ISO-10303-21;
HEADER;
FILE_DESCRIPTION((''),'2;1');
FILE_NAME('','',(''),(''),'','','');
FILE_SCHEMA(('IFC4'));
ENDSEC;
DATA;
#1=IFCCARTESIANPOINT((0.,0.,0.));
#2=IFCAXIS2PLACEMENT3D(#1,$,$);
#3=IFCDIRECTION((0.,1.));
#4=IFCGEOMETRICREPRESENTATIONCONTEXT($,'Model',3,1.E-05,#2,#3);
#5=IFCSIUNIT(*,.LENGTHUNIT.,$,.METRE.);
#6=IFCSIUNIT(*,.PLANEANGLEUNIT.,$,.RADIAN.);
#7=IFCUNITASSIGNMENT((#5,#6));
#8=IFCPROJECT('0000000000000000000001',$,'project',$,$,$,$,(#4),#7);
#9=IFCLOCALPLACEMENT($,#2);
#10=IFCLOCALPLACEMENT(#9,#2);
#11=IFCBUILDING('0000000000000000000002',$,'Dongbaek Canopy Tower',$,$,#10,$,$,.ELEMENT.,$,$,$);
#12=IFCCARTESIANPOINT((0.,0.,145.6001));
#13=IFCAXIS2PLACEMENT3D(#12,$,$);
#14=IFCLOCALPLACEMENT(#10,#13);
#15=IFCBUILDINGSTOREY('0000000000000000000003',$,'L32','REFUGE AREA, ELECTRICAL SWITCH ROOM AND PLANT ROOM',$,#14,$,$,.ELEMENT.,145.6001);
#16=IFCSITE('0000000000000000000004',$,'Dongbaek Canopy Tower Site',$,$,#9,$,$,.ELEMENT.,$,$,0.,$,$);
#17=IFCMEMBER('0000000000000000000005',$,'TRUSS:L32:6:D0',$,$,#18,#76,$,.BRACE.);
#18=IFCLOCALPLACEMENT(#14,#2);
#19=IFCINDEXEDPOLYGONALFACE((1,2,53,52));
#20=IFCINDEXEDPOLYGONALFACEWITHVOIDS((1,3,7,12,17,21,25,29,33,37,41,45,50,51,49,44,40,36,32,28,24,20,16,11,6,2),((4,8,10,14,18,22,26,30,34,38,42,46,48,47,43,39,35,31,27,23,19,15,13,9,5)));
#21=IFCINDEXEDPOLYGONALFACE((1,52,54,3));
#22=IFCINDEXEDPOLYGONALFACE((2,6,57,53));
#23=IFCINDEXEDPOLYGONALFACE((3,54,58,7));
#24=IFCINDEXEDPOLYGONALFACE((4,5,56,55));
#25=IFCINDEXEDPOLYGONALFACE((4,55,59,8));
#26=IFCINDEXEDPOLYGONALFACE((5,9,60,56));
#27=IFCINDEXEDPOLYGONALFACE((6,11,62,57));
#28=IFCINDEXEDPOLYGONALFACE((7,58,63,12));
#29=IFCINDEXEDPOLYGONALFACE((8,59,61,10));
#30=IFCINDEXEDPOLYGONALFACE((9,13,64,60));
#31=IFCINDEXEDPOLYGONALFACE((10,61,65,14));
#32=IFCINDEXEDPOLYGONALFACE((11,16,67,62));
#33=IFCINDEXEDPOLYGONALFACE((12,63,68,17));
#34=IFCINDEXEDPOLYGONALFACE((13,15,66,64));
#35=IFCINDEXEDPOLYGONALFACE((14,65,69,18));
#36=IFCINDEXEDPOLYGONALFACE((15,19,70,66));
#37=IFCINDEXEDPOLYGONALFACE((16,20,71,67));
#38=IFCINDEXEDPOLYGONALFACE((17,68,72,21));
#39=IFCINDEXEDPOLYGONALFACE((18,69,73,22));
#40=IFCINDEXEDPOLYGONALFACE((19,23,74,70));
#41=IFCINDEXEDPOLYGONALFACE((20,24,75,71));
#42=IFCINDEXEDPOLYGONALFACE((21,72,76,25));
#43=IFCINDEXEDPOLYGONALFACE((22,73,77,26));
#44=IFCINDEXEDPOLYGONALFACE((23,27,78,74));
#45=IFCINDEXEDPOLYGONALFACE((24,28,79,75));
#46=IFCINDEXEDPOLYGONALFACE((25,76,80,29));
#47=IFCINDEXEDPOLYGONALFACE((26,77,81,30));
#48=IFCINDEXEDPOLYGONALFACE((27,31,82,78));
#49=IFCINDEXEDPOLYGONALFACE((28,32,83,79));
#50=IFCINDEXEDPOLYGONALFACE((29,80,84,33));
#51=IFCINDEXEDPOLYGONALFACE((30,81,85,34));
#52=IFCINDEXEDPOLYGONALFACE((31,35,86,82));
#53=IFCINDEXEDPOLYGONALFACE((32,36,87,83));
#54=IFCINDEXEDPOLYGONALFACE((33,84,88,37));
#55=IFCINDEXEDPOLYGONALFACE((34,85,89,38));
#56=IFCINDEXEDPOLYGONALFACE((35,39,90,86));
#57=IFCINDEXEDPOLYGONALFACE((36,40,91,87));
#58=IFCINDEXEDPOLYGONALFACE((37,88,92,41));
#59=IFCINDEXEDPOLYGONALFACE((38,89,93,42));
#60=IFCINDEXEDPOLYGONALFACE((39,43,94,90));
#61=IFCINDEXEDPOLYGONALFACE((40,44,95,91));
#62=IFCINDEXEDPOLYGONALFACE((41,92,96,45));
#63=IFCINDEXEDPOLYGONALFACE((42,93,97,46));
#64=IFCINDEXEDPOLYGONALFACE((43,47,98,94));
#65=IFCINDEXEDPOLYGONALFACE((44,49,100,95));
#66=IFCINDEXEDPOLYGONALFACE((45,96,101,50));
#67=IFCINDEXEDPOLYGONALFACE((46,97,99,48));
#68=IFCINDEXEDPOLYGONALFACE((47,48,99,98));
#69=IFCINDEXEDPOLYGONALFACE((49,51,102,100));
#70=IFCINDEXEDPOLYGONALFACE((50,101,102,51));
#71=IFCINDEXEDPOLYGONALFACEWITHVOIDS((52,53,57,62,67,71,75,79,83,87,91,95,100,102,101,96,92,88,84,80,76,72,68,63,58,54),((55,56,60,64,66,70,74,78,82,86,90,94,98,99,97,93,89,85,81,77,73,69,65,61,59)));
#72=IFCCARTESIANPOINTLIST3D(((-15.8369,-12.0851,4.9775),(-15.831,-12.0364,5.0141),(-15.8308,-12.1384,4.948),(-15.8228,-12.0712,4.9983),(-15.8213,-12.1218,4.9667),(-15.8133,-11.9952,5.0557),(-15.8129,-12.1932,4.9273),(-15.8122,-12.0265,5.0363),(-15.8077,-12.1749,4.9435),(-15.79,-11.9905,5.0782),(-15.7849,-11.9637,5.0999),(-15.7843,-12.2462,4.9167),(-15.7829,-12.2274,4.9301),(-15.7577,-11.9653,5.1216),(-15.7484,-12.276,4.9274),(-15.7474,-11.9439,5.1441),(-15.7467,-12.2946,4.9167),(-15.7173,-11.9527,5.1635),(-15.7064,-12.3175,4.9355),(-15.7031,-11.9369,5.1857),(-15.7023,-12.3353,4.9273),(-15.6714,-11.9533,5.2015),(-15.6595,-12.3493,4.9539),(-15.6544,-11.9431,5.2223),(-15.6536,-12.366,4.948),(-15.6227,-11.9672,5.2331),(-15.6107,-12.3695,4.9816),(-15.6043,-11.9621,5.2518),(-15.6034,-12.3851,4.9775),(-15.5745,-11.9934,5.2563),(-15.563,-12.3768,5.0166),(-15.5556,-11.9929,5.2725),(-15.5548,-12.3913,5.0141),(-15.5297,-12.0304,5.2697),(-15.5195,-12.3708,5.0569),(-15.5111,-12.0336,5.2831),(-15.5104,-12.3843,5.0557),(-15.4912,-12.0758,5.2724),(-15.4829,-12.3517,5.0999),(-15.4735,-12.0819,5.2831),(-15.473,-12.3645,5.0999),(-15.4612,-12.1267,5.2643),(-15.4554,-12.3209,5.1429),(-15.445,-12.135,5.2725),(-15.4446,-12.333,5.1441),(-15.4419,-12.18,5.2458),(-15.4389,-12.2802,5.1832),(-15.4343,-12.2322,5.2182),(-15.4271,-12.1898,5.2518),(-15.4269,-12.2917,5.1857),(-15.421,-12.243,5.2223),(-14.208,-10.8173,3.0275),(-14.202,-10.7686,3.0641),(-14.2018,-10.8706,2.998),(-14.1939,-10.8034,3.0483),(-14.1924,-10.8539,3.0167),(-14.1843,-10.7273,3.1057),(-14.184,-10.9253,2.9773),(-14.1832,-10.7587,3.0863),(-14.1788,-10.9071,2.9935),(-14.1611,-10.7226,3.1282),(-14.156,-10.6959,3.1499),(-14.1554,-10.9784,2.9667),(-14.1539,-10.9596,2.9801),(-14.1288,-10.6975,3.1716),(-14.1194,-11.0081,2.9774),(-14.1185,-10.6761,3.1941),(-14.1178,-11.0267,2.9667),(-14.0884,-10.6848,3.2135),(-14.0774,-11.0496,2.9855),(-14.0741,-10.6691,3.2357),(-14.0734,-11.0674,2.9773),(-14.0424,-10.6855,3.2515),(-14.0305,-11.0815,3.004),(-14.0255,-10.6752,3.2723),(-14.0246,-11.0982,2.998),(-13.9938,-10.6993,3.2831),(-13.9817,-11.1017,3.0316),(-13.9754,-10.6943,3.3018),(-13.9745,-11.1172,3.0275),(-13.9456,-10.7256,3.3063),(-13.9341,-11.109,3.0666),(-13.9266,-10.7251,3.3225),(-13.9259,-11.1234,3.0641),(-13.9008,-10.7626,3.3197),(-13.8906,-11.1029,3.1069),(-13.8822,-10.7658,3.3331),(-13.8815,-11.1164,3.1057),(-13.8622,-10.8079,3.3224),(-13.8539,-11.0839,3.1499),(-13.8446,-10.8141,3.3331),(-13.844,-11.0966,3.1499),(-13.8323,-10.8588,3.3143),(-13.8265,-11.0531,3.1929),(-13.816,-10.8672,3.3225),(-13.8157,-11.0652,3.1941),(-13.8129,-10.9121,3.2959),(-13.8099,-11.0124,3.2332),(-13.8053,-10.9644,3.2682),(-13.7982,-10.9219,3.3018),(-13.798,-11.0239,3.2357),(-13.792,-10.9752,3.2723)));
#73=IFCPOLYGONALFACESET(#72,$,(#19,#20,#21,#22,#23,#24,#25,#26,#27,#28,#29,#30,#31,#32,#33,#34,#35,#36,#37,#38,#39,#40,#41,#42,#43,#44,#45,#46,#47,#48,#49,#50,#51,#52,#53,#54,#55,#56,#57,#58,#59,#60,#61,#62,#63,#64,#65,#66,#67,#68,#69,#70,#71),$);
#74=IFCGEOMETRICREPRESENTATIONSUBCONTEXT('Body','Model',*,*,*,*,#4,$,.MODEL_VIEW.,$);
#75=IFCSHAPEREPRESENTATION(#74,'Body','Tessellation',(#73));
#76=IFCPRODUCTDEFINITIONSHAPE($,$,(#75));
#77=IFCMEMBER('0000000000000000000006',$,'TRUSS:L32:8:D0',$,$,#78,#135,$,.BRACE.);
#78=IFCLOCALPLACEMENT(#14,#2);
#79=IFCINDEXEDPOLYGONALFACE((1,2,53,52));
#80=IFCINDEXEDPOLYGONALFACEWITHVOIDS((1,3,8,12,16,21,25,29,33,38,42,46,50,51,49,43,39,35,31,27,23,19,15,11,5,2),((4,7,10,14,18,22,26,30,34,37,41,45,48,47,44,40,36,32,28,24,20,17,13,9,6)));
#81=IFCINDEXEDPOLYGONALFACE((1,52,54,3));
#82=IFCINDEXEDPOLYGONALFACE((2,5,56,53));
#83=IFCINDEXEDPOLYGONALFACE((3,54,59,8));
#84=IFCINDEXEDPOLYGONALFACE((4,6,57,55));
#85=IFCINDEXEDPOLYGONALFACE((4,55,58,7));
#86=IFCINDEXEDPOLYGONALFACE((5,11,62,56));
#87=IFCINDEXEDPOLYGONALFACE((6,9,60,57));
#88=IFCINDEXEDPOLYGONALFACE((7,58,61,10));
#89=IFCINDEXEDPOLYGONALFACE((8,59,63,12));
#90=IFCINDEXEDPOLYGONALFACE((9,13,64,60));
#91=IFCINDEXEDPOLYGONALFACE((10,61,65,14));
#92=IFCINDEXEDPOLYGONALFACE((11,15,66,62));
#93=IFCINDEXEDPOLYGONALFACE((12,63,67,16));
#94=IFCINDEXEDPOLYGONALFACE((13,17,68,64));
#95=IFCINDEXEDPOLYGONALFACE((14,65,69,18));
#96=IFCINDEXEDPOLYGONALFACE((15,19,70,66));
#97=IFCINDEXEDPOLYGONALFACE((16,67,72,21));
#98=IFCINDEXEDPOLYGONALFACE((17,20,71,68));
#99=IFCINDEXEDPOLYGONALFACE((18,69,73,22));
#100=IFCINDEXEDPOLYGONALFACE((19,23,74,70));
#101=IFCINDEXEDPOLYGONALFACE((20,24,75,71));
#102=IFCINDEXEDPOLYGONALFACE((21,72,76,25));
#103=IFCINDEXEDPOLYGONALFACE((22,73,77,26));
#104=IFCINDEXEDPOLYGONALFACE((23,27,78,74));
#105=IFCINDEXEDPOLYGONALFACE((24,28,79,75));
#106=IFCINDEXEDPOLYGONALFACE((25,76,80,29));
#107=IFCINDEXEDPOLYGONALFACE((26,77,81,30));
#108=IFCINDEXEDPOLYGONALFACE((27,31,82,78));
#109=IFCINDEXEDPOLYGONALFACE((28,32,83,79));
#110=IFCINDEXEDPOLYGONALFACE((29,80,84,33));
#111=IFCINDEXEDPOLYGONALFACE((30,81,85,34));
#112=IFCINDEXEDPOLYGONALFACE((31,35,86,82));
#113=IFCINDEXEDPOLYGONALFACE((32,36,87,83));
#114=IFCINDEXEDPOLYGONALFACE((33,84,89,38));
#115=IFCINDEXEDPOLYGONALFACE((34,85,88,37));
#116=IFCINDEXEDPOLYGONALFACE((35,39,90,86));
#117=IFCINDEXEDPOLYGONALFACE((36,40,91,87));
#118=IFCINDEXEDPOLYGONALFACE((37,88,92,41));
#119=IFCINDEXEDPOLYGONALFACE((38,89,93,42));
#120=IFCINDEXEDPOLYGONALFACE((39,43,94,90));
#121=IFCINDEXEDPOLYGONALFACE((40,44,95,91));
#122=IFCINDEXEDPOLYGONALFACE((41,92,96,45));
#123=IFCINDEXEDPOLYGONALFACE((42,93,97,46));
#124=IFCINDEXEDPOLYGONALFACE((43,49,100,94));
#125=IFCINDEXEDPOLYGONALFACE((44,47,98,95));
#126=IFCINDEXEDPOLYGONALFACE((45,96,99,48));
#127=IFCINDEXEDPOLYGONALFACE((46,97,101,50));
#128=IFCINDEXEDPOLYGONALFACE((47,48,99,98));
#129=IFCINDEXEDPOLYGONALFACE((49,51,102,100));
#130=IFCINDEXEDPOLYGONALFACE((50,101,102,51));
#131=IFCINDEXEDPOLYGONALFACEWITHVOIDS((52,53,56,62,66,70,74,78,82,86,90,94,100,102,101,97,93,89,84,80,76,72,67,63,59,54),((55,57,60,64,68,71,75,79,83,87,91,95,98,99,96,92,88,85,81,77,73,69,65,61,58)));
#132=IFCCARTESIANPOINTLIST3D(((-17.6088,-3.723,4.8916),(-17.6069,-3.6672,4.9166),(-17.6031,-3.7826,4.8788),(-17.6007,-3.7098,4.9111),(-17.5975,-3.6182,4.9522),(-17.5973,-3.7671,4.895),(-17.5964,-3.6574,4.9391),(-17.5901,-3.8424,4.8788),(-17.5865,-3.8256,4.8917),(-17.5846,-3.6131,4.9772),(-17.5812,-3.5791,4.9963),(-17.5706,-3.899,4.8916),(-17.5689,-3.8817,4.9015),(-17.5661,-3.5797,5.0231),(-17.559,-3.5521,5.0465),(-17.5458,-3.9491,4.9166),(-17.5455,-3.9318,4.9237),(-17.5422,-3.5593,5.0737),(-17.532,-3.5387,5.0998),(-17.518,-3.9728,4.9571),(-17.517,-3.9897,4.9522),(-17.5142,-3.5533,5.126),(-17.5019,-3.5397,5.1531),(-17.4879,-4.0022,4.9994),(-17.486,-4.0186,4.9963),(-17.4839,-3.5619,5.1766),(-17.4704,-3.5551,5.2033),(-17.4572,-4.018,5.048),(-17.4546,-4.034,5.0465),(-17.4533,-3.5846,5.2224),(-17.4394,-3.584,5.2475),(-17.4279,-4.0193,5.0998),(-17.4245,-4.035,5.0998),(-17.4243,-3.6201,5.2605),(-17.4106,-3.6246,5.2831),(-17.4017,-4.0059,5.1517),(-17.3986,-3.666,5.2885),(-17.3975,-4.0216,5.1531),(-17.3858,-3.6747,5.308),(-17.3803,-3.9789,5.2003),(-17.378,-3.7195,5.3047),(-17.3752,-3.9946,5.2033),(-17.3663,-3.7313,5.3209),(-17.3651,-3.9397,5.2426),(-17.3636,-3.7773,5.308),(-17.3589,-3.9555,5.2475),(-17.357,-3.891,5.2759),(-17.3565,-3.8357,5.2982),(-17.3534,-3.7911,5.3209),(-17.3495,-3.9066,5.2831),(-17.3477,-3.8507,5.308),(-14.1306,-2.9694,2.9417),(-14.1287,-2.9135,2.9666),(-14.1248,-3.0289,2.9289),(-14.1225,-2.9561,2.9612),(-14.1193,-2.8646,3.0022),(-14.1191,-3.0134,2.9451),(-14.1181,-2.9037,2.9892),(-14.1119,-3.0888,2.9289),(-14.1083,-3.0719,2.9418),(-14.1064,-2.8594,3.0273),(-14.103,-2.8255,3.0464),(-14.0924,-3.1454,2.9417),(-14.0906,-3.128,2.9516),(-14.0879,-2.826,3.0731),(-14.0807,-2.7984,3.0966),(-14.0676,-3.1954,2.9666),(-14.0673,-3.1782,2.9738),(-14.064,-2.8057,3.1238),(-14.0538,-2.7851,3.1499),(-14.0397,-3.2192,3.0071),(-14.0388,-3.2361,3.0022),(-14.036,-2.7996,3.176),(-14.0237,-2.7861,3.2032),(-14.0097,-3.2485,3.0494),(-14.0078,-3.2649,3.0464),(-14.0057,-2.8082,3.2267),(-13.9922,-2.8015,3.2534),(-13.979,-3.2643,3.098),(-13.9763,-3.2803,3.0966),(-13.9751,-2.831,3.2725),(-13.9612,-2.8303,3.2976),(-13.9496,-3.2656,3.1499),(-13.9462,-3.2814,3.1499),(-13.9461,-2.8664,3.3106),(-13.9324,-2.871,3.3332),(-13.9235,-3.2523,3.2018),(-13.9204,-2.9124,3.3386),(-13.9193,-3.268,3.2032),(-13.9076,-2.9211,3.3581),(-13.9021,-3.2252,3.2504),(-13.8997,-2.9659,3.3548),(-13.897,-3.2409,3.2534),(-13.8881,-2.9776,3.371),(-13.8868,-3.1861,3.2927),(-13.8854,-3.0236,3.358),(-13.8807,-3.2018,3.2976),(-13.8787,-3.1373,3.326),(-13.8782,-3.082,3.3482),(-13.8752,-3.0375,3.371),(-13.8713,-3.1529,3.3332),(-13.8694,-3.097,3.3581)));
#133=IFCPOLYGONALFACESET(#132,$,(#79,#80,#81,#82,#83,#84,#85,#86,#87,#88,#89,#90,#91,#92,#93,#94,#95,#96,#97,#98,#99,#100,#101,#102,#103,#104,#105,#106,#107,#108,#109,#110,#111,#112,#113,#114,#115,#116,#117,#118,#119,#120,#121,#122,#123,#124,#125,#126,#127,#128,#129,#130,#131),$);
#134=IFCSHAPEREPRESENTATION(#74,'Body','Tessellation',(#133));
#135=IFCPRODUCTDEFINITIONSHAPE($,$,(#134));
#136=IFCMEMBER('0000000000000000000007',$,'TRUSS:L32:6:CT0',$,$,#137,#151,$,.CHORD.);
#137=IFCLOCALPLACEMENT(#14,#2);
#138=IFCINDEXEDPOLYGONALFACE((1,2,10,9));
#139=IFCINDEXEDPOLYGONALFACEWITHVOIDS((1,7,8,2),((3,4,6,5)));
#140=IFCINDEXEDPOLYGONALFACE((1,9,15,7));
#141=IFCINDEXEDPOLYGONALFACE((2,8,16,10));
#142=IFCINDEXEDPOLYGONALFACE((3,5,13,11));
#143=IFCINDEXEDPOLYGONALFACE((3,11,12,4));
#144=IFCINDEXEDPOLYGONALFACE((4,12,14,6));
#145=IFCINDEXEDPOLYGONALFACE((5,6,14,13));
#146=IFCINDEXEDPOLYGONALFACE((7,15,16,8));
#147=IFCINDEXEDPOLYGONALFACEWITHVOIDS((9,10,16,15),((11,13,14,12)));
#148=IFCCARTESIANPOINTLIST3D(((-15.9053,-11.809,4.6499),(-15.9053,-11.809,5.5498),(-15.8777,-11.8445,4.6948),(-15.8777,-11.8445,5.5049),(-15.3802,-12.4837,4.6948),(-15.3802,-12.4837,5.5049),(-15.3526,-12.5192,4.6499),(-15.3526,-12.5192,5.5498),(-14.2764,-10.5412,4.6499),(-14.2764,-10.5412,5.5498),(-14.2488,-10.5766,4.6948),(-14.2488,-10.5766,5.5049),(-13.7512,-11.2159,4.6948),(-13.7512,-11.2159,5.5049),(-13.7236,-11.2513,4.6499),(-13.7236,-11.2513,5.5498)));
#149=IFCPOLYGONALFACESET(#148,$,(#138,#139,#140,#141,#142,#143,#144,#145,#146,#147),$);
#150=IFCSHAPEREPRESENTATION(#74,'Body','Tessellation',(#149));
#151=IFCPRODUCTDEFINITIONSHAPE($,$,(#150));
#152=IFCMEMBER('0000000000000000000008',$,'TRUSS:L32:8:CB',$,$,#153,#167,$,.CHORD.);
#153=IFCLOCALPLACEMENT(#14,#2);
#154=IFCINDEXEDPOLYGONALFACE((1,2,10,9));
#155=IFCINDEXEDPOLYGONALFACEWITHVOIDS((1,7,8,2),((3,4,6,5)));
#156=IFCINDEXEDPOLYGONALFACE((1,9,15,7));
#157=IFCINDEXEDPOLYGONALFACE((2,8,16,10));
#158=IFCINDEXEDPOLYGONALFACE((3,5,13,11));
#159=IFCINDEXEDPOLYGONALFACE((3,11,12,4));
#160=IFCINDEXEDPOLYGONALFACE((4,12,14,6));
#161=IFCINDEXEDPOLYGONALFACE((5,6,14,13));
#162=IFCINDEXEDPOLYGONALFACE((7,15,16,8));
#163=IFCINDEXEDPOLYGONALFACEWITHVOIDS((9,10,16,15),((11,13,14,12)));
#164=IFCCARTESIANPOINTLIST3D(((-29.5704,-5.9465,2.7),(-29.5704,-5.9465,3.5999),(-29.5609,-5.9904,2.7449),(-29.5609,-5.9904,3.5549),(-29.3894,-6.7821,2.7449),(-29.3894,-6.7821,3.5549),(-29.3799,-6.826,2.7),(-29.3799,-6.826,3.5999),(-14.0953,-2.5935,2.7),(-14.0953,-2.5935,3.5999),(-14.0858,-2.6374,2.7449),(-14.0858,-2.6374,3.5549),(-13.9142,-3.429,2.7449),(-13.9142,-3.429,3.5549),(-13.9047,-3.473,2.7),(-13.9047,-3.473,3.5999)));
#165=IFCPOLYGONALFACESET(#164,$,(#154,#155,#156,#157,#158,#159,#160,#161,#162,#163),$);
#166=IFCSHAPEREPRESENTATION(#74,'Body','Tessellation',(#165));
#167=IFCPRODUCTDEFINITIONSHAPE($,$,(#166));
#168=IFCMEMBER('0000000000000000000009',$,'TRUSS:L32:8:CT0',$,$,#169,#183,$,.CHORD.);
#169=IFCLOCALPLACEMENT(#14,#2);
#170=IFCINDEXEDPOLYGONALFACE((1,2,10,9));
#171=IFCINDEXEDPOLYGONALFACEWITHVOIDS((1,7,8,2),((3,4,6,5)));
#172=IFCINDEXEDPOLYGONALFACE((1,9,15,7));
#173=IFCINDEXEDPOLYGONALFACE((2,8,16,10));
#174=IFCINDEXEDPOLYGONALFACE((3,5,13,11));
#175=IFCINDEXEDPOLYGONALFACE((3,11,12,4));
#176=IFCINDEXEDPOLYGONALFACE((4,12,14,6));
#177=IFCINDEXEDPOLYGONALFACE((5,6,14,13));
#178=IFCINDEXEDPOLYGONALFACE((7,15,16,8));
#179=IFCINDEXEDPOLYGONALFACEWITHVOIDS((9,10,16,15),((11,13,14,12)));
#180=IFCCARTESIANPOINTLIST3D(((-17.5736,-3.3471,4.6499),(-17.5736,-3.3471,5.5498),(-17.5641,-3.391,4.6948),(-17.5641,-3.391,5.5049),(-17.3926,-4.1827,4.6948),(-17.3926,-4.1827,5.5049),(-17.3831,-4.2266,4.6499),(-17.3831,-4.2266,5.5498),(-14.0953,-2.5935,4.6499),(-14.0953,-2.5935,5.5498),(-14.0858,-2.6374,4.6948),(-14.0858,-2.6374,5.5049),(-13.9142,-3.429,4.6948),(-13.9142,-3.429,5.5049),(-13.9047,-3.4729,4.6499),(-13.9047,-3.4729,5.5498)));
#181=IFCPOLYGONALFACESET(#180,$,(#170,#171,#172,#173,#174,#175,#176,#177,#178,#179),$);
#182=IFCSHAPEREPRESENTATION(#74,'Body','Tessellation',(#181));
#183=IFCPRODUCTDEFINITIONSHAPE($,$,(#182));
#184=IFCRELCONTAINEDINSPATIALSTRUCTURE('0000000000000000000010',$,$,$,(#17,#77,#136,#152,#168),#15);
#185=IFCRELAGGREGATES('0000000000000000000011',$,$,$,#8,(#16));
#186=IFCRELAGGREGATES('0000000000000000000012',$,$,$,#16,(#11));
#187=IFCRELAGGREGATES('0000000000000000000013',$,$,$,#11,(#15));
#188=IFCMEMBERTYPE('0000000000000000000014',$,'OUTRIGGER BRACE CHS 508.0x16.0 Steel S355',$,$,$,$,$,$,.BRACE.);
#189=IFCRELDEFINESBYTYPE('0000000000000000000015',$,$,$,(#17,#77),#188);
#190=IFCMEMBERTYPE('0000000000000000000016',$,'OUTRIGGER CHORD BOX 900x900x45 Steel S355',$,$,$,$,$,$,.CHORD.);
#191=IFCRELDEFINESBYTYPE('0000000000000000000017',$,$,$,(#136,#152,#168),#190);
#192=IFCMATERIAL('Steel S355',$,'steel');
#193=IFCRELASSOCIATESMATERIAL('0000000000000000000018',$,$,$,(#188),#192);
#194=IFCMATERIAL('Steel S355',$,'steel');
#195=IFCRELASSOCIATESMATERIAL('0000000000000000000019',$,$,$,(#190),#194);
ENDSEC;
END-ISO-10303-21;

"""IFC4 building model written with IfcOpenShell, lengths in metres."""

from ifc_helpers import new_model, si_unit, direction, frame, origin, origin_2d, place, context, subcontext, project, spatial, hollow_rectangle, hollow_circle, extrude, material, material_profile, profile_set, type_object, element, save


model = new_model("IFC4")

# Units and contexts
model_context = context("Model", 3, precision=1e-05, world=origin(), true_north=direction((0.0, 1.0)))
body_context = subcontext(model_context, "Body", "Model", "MODEL_VIEW")
ifc_project = project(units=[si_unit("LENGTHUNIT", "METRE"), si_unit("PLANEANGLEUNIT", "RADIAN")], contexts=[model_context])

# Site, building, storey
site_placement = place(None, origin())
site = spatial("IfcSite", under=ifc_project, at=site_placement, Name="Dongbaek Canopy Tower Site", CompositionType="ELEMENT", RefElevation=0.0)
building_placement = place(site_placement, origin())
building = spatial("IfcBuilding", under=site, at=building_placement, Name="Dongbaek Canopy Tower", CompositionType="ELEMENT")
storey_placement = place(building_placement, frame((0.0, 0.0, 145.6001)))
storey = spatial("IfcBuildingStorey", under=building, at=storey_placement, Name="L32", Description="REFUGE AREA, ELECTRICAL SWITCH ROOM AND PLANT ROOM", CompositionType="ELEMENT", Elevation=145.6001)

# Members
ifc_material_1 = material(Name="Steel S355", Category="steel")
ifc_material_profile_1 = material_profile(ifc_material_1, hollow_circle(Radius=0.2539, WallThickness=0.0161, at=origin_2d()), Name="OUTRIGGER BRACE CHS 508.0x16.0 Steel S355")
ifc_profile_set_1 = profile_set([ifc_material_profile_1], Name="Steel S355")
member_type_1 = type_object("IfcMemberType", Name="OUTRIGGER BRACE CHS 508.0x16.0 Steel S355", PredefinedType="BRACE", material=ifc_profile_set_1)
member_1_placement = place(storey_placement, frame((-14.0, -10.8962, 3.1499), z_axis=(-0.57365, -0.446488, 0.686712), x_axis=(0.614211, -0.789142, 0.0)))
element("IfcMember", 1, at=member_1_placement, inside=storey, type_object=member_type_1, Name="TRUSS:L32:6:D0", PredefinedType="BRACE", context=body_context, shape_type="SweptSolid", body=[
    extrude(hollow_circle(Radius=0.2539, WallThickness=0.0161, at=origin_2d()), origin(), (0.0, 0.0, 1.0), 2.8396),
])
member_2_placement = place(storey_placement, frame((-14.0, -3.0332, 3.1499), z_axis=(-0.857105, -0.185715, 0.480501), x_axis=(0.211763, -0.977321, 0.0)))
element("IfcMember", 2, at=member_2_placement, inside=storey, type_object=member_type_1, Name="TRUSS:L32:8:D0", PredefinedType="BRACE", context=body_context, shape_type="SweptSolid", body=[
    extrude(hollow_circle(Radius=0.2539, WallThickness=0.0161, at=origin_2d()), origin(), (0.0, 0.0, 1.0), 4.0581),
])
ifc_material_2 = material(Name="Steel S355", Category="steel")
ifc_material_profile_2 = material_profile(ifc_material_2, hollow_rectangle(XDim=0.8999, YDim=0.8999, WallThickness=0.0449, at=origin_2d()), Name="OUTRIGGER CHORD BOX 900x900x45 Steel S355")
ifc_profile_set_2 = profile_set([ifc_material_profile_2], Name="Steel S355")
member_type_2 = type_object("IfcMemberType", Name="OUTRIGGER CHORD BOX 900x900x45 Steel S355", PredefinedType="CHORD", material=ifc_profile_set_2)
member_3_placement = place(storey_placement, frame((-14.0, -10.8962, 5.0999), z_axis=(-0.789142, -0.614211, 0.0), x_axis=(0.614211, -0.789142, 0.0)))
element("IfcMember", 3, at=member_3_placement, inside=storey, type_object=member_type_2, Name="TRUSS:L32:6:CT0", PredefinedType="CHORD", context=body_context, shape_type="SweptSolid", body=[
    extrude(hollow_rectangle(XDim=0.8999, YDim=0.8999, WallThickness=0.0449, at=origin_2d()), origin(), (0.0, 0.0, 1.0), 2.0642),
])
member_4_placement = place(storey_placement, frame((-14.0, -3.0332, 3.1499), z_axis=(-0.977322, -0.211759, 0.0), x_axis=(0.211759, -0.977322, 0.0)))
element("IfcMember", 4, at=member_4_placement, inside=storey, type_object=member_type_2, Name="TRUSS:L32:8:CB", PredefinedType="CHORD", context=body_context, shape_type="SweptSolid", body=[
    extrude(hollow_rectangle(XDim=0.8999, YDim=0.8999, WallThickness=0.0449, at=origin_2d()), origin(), (0.0, 0.0, 1.0), 15.8342),
])
member_5_placement = place(storey_placement, frame((-14.0, -3.0332, 5.0999), z_axis=(-0.977321, -0.211763, 0.0), x_axis=(0.211763, -0.977321, 0.0)))
element("IfcMember", 5, at=member_5_placement, inside=storey, type_object=member_type_2, Name="TRUSS:L32:8:CT0", PredefinedType="CHORD", context=body_context, shape_type="SweptSolid", body=[
    extrude(hollow_rectangle(XDim=0.8999, YDim=0.8999, WallThickness=0.0449, at=origin_2d()), origin(), (0.0, 0.0, 1.0), 3.5591),
])

save(model, "model.ifc")
